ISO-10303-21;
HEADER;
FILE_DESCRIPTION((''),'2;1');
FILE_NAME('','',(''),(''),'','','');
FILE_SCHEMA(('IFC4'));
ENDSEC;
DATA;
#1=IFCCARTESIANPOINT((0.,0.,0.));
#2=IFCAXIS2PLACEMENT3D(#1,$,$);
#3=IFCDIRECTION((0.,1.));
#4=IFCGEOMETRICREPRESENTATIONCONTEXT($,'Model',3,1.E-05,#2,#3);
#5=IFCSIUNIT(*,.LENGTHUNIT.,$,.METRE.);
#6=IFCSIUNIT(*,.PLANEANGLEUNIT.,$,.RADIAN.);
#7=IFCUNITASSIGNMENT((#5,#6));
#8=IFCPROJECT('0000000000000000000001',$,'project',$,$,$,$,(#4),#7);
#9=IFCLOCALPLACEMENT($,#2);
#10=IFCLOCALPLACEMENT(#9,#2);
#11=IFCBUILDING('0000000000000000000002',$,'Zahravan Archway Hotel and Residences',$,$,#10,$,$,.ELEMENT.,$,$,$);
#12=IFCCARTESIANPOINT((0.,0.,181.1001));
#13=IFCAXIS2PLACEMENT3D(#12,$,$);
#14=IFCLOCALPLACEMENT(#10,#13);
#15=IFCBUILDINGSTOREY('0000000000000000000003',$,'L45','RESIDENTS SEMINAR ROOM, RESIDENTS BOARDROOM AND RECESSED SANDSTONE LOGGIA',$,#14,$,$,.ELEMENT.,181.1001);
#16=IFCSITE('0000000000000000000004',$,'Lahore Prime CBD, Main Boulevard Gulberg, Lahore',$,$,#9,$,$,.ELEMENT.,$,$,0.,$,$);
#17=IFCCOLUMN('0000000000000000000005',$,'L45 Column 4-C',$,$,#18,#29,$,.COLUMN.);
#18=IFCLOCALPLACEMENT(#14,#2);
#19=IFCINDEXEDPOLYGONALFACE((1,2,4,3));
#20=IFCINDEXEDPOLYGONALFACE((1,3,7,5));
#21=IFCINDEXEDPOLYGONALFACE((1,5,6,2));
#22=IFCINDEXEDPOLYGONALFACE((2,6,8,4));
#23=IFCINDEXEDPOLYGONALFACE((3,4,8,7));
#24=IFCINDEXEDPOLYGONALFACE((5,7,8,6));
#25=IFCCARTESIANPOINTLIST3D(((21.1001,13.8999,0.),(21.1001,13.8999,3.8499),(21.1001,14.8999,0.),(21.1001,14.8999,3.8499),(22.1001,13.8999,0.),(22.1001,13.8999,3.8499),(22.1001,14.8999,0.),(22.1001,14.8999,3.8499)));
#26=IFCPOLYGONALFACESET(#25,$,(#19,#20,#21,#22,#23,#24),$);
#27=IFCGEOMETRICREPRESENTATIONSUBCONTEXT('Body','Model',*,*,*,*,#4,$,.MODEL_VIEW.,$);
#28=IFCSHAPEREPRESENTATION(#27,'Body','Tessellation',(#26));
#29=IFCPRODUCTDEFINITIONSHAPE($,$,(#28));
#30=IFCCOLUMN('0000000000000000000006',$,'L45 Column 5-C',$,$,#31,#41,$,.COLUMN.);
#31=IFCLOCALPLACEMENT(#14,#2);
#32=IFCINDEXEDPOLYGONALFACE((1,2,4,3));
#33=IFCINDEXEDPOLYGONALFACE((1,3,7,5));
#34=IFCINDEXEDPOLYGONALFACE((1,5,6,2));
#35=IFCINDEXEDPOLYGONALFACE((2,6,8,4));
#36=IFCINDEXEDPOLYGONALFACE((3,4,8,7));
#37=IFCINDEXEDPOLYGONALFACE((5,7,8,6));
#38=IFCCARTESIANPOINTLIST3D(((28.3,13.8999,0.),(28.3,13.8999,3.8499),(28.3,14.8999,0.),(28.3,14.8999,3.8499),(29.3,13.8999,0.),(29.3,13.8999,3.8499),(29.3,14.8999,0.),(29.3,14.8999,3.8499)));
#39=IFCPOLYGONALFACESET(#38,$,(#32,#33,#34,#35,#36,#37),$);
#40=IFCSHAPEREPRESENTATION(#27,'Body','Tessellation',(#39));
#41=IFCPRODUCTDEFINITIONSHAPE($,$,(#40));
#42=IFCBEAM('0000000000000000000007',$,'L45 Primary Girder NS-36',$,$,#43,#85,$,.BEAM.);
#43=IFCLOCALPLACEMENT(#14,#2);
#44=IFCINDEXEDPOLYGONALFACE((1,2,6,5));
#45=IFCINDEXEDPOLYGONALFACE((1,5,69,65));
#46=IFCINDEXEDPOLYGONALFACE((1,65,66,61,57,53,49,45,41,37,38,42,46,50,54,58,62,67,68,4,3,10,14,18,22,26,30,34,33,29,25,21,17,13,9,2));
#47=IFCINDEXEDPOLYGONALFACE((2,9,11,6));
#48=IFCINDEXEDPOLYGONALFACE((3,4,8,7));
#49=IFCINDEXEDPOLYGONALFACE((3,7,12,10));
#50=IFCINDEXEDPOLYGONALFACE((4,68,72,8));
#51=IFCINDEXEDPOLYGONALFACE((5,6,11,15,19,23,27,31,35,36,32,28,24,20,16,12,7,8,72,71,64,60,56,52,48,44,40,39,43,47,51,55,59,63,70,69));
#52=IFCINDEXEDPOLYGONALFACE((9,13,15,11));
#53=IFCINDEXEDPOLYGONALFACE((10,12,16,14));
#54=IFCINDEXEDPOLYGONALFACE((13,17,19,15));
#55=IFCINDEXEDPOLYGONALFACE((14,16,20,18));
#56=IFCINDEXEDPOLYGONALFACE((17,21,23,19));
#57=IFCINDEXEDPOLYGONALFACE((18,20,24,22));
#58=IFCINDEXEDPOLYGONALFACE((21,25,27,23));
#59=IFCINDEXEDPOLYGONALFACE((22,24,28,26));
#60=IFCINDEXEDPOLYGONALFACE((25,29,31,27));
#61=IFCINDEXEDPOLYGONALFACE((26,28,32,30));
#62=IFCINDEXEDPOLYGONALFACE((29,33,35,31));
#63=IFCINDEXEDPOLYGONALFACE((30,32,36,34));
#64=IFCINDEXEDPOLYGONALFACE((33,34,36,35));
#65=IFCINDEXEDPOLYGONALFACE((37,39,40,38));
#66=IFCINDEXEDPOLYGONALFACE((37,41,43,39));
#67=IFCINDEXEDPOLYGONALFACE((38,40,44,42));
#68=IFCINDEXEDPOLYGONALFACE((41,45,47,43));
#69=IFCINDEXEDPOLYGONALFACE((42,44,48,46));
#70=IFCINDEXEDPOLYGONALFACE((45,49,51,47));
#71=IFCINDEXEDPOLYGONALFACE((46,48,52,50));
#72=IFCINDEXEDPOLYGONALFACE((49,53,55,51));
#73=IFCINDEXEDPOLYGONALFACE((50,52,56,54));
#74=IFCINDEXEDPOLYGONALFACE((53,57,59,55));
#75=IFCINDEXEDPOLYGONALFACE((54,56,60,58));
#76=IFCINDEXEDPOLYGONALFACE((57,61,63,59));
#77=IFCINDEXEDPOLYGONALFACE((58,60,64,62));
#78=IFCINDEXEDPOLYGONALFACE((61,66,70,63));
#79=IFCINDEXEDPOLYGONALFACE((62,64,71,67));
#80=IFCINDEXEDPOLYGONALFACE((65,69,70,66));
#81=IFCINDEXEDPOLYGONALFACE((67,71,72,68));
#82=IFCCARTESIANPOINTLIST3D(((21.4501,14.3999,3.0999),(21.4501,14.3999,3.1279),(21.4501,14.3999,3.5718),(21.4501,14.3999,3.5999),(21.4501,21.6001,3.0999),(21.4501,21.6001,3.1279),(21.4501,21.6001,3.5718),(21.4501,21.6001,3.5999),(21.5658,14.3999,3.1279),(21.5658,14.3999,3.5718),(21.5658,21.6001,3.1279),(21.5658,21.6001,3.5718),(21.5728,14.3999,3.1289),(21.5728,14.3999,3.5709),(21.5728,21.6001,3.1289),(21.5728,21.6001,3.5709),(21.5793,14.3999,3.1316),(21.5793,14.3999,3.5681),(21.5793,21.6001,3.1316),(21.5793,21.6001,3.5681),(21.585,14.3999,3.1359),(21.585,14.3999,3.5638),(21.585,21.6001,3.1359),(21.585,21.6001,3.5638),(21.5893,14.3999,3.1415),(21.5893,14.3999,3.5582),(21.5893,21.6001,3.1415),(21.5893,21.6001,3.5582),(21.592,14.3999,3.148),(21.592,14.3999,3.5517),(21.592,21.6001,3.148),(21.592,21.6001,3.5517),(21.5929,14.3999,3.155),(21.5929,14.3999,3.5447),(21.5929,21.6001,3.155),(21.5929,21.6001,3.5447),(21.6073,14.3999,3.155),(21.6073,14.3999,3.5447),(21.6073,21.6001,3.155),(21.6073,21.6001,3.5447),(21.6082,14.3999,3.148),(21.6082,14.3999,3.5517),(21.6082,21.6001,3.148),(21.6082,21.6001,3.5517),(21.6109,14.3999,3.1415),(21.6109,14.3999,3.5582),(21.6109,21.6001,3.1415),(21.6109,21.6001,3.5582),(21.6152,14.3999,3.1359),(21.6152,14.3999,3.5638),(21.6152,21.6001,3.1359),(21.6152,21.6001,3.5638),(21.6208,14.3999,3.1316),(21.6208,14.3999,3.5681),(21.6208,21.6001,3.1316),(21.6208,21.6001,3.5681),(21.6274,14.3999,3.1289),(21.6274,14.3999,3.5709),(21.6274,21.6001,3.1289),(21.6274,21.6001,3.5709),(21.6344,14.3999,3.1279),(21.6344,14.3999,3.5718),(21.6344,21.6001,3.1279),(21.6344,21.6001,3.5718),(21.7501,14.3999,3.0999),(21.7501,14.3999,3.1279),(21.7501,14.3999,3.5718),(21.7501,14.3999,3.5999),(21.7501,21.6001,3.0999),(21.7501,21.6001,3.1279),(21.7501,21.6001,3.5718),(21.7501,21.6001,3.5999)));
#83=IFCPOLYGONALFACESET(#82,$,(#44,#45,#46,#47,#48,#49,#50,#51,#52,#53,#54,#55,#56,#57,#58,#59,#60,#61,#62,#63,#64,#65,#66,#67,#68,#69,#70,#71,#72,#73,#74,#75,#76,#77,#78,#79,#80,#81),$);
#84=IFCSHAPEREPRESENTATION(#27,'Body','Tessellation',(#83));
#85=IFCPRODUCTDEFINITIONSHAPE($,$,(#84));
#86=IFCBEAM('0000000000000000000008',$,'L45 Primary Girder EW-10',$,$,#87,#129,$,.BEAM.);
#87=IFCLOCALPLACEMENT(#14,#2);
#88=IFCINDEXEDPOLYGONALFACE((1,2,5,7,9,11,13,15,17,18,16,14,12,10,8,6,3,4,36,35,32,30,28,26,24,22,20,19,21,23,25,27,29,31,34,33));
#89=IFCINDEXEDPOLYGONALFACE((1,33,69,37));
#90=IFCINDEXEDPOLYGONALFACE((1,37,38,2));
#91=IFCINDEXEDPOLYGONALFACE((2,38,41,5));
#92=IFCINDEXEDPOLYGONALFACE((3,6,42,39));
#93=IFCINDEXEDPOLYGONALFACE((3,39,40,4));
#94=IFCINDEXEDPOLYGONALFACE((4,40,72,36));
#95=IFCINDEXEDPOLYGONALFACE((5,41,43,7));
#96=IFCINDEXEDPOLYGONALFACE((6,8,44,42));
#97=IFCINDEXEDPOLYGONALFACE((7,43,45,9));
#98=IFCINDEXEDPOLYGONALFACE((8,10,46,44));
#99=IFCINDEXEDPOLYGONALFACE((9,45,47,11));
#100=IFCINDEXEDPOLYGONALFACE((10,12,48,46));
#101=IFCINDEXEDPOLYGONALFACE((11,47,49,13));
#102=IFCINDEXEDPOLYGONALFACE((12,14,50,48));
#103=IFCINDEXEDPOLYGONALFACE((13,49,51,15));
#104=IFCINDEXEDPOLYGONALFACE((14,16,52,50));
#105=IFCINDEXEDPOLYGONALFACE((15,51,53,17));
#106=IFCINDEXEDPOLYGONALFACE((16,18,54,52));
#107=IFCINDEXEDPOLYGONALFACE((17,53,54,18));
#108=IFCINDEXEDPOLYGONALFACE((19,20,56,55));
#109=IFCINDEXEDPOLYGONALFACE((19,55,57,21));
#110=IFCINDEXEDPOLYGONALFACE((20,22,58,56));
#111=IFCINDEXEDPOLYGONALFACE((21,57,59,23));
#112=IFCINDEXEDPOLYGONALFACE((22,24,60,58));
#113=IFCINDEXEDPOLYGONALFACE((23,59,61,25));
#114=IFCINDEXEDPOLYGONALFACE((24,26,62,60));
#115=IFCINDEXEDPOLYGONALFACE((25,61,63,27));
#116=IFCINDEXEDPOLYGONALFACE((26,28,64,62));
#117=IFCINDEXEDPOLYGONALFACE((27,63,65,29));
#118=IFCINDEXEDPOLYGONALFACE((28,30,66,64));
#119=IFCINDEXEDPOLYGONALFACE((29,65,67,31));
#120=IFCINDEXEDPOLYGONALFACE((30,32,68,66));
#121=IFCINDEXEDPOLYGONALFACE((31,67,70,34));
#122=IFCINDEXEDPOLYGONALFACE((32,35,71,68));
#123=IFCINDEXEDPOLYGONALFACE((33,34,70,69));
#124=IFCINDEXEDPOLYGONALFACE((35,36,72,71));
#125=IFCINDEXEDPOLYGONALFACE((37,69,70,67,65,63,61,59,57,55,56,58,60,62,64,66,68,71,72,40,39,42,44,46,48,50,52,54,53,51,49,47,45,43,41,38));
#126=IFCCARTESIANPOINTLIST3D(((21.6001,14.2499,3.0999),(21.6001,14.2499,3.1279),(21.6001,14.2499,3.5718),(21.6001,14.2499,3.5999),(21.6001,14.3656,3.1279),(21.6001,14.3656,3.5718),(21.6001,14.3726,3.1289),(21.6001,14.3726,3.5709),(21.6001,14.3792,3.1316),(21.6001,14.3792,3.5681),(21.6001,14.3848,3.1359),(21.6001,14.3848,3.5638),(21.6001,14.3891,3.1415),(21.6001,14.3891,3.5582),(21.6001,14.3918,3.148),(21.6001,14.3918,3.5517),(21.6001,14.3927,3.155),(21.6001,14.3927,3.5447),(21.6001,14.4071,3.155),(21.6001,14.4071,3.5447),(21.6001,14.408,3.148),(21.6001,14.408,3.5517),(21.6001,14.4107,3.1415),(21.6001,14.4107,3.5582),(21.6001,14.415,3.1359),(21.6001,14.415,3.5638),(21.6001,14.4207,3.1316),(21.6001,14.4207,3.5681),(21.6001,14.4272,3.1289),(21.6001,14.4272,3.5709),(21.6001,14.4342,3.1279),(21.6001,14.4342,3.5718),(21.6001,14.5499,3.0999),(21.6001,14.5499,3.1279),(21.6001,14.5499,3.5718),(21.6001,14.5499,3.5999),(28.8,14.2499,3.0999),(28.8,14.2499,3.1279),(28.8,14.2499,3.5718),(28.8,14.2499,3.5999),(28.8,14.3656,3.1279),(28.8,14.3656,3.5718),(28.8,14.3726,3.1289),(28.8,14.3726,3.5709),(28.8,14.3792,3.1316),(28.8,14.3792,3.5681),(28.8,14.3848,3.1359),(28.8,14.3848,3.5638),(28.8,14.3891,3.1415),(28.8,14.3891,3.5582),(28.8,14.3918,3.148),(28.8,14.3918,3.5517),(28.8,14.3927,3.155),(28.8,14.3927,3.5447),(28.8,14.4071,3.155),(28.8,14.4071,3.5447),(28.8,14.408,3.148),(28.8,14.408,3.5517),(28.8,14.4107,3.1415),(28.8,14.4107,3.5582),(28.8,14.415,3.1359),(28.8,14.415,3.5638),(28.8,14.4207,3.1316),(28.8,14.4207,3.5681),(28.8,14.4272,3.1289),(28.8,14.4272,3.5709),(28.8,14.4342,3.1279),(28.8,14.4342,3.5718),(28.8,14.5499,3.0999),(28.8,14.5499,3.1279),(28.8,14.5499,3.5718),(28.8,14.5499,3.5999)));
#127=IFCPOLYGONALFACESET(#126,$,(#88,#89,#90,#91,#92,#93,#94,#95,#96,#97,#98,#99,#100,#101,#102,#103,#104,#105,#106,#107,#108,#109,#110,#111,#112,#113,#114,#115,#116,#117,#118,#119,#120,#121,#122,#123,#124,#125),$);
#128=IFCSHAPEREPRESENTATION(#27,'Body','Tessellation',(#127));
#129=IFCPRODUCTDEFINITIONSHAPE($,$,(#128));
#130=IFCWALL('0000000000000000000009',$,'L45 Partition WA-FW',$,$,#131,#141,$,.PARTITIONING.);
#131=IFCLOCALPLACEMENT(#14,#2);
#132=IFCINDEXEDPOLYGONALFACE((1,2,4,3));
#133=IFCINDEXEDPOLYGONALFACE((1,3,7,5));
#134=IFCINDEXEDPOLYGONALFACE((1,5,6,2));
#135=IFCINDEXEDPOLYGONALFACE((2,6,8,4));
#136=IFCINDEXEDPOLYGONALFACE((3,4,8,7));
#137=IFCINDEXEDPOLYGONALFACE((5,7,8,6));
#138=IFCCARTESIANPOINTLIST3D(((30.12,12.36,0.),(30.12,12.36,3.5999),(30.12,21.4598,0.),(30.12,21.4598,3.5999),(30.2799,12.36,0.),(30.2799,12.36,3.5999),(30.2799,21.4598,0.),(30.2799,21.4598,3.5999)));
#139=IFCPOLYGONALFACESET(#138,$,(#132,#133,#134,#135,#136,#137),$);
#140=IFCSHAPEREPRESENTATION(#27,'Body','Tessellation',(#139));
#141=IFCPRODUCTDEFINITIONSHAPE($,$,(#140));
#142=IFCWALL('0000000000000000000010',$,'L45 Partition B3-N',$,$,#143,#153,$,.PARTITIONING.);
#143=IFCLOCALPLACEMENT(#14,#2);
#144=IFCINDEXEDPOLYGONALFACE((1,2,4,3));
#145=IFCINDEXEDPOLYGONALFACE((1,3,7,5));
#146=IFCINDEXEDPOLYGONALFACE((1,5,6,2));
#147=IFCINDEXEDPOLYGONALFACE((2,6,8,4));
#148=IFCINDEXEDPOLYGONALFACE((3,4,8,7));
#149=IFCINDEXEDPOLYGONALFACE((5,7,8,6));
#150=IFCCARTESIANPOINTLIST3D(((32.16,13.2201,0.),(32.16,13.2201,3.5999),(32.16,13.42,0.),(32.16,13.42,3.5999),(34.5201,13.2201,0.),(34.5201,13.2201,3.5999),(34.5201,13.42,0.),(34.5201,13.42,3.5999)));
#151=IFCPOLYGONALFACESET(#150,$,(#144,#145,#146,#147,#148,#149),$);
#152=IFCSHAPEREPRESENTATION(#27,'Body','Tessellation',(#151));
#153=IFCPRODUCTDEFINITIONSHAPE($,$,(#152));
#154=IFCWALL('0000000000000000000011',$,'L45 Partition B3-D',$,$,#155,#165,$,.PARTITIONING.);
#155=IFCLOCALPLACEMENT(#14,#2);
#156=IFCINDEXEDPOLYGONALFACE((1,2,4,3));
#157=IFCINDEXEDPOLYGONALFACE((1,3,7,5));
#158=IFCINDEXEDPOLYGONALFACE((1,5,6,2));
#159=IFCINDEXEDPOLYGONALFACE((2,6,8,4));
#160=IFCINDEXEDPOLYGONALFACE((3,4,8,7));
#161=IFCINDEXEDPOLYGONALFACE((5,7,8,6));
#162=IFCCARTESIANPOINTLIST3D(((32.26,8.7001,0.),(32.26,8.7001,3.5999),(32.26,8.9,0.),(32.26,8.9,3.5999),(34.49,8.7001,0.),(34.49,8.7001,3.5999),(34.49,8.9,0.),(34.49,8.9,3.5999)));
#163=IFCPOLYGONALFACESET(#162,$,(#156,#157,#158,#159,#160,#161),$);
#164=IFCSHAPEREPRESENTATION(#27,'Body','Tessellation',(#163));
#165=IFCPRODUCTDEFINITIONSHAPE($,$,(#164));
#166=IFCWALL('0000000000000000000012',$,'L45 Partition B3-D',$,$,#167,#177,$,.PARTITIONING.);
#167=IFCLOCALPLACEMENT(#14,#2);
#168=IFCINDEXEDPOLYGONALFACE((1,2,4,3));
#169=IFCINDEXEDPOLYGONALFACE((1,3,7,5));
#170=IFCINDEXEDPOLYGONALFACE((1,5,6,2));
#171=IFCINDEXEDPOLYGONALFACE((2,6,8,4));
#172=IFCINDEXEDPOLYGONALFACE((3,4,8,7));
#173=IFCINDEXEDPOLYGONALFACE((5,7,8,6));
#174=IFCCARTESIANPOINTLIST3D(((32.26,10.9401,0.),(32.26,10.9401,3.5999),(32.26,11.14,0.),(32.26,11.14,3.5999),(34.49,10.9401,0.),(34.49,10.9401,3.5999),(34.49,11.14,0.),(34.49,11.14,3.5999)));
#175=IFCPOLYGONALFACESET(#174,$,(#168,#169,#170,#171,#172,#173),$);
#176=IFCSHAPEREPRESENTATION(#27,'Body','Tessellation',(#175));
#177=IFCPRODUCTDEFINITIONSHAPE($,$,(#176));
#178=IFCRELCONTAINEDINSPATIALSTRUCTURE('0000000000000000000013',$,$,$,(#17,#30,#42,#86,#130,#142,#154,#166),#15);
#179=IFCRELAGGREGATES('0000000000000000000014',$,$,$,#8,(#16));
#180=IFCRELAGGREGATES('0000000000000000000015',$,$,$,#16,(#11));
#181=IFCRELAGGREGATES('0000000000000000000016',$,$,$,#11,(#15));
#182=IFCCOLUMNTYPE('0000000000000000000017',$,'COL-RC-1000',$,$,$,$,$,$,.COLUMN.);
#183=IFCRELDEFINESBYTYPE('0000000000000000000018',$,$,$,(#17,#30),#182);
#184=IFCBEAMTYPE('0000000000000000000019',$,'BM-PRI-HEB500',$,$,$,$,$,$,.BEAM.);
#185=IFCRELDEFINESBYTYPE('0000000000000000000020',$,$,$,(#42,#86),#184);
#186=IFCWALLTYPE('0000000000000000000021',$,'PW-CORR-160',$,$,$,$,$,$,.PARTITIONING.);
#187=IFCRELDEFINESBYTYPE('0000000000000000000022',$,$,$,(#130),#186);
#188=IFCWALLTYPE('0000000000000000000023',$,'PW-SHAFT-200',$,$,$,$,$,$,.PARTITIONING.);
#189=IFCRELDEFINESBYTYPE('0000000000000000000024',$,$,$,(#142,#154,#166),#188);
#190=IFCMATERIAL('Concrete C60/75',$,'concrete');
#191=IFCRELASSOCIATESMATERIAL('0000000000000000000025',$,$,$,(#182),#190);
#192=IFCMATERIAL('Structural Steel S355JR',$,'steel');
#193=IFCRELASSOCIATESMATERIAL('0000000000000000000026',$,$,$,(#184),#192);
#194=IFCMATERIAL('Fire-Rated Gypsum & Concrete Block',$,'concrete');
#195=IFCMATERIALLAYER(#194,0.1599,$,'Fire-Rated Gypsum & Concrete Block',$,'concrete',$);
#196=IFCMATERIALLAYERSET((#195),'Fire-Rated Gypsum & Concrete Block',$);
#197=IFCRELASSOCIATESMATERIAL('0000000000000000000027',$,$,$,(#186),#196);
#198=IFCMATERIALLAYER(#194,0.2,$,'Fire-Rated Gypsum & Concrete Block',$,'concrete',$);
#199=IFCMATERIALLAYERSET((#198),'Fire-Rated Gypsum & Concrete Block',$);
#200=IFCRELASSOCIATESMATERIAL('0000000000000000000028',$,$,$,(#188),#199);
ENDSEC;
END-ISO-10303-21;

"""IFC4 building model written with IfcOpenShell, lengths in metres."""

from ifc_helpers import new_model, si_unit, direction, frame, frame_2d, origin, origin_2d, place, context, subcontext, project, spatial, rectangle, i_section, extrude, source, transform, mapped, material, layer, layer_set, material_profile, profile_set, type_object, type_shapes, element, save


model = new_model("IFC4")

# Units and contexts
model_context = context("Model", 3, precision=1e-05, world=origin(), true_north=direction((0.0, 1.0)))
body_context = subcontext(model_context, "Body", "Model", "MODEL_VIEW")
ifc_project = project(units=[si_unit("LENGTHUNIT", "METRE"), si_unit("PLANEANGLEUNIT", "RADIAN")], contexts=[model_context])

# Site, building, storey
site_placement = place(None, origin())
site = spatial("IfcSite", under=ifc_project, at=site_placement, Name="Lahore Prime CBD, Main Boulevard Gulberg, Lahore", CompositionType="ELEMENT", RefElevation=0.0)
building_placement = place(site_placement, origin())
building = spatial("IfcBuilding", under=site, at=building_placement, Name="Zahravan Archway Hotel and Residences", CompositionType="ELEMENT")
storey_placement = place(building_placement, frame((0.0, 0.0, 181.1001)))
storey = spatial("IfcBuildingStorey", under=building, at=storey_placement, Name="L45", Description="RESIDENTS SEMINAR ROOM, RESIDENTS BOARDROOM AND RECESSED SANDSTONE LOGGIA", CompositionType="ELEMENT", Elevation=181.1001)

# Columns
ifc_material_1 = material(Name="Concrete C60/75", Category="concrete")
ifc_material_profile_1 = material_profile(ifc_material_1, rectangle(XDim=1.0, YDim=1.0, at=origin_2d()), Name="RC-COL-1000x1000", Category="concrete")
ifc_profile_set_1 = profile_set([ifc_material_profile_1], Name="Concrete C60/75")
column_type = type_object("IfcColumnType", Name="COL-RC-1000", PredefinedType="COLUMN", material=ifc_profile_set_1)
shared_shape_1 = source(origin(), body_context, "Body", "SweptSolid", [
    extrude(rectangle(XDim=1.0, YDim=1.0, at=origin_2d()), origin(), (0.0, 0.0, 1.0), 3.8499),
])
for number, where, z_axis, x_axis, name in (
    (1, (21.6001, 14.3999, 0.0), (0.0, 0.0, 1.0), (1.0, 0.0, 0.0), "L45 Column 4-C"),
    (2, (28.8, 14.3999, 0.0), (0.0, 0.0, 1.0), (1.0, 0.0, 0.0), "L45 Column 5-C"),
):
    element("IfcColumn", number, at=place(storey_placement, frame(where, z_axis=z_axis, x_axis=x_axis)), inside=storey, type_object=column_type, Name=name, PredefinedType="COLUMN", context=body_context, shape_type="MappedRepresentation", body=[
        mapped(shared_shape_1, transform((0.0, 0.0, 0.0), scale=1.0)),
    ])

# Beams
ifc_material_2 = material(Name="Structural Steel S355JR", Category="steel")
ifc_material_profile_2 = material_profile(ifc_material_2, i_section(OverallWidth=0.3, OverallDepth=0.5, WebThickness=0.0144, FlangeThickness=0.0281, FilletRadius=0.0271, at=origin_2d()), Name="HEB 500", Category="steel")
ifc_profile_set_2 = profile_set([ifc_material_profile_2], Name="Structural Steel S355JR")
beam_type = type_object("IfcBeamType", Name="BM-PRI-HEB500", PredefinedType="BEAM", material=ifc_profile_set_2)
shared_shape_2 = source(origin(), body_context, "Body", "SweptSolid", [
    extrude(i_section(OverallWidth=0.3, OverallDepth=0.5, WebThickness=0.0144, FlangeThickness=0.0281, FilletRadius=0.0271, at=origin_2d()), origin(), (0.0, 0.0, 1.0), 7.2002),
])
type_shapes(beam_type, [shared_shape_2])
beam_1_placement = place(storey_placement, frame((21.6001, 14.3999, 3.3499), z_axis=(0.0, 1.0, 0.0), x_axis=(-1.0, 0.0, 0.0)))
element("IfcBeam", 3, at=beam_1_placement, inside=storey, type_object=beam_type, Name="L45 Primary Girder NS-36", PredefinedType="BEAM", context=body_context, shape_type="MappedRepresentation", body=[
    mapped(shared_shape_2, transform((0.0, 0.0, 0.0), scale=1.0)),
])
shared_shape_3 = source(origin(), body_context, "Body", "SweptSolid", [
    extrude(i_section(OverallWidth=0.3, OverallDepth=0.5, WebThickness=0.0144, FlangeThickness=0.0281, FilletRadius=0.0271, at=origin_2d()), origin(), (0.0, 0.0, 1.0), 7.2),
])
beam_2_placement = place(storey_placement, frame((21.6001, 14.3999, 3.3499), z_axis=(1.0, 0.0, 0.0), x_axis=(0.0, 1.0, 0.0)))
element("IfcBeam", 4, at=beam_2_placement, inside=storey, type_object=beam_type, Name="L45 Primary Girder EW-10", PredefinedType="BEAM", context=body_context, shape_type="MappedRepresentation", body=[
    mapped(shared_shape_3, transform((0.0, 0.0, 0.0), scale=1.0)),
])

# Walls
ifc_material_3 = material(Name="Fire-Rated Gypsum & Concrete Block", Category="concrete")
ifc_layer_1 = layer(ifc_material_3, 0.1599, Name="Fire-Rated Gypsum & Concrete Block", Category="concrete")
ifc_layer_set_1 = layer_set([ifc_layer_1], Name="Fire-Rated Gypsum & Concrete Block")
wall_type_1 = type_object("IfcWallType", Name="PW-CORR-160", PredefinedType="PARTITIONING", material=ifc_layer_set_1)
wall_1_placement = place(storey_placement, frame((30.2, 12.3601, 0.0), z_axis=(0.0, 0.0, 1.0), x_axis=(0.0, 1.0, 0.0)))
element("IfcWall", 5, at=wall_1_placement, inside=storey, type_object=wall_type_1, Name="L45 Partition WA-FW", PredefinedType="PARTITIONING", context=body_context, shape_type="SweptSolid", body=[
    extrude(rectangle(XDim=9.0999, YDim=0.1599, at=frame_2d((4.5498, 0.0))), origin(), (0.0, 0.0, 1.0), 3.5999),
])
ifc_layer_2 = layer(ifc_material_3, 0.2, Name="Fire-Rated Gypsum & Concrete Block", Category="concrete")
ifc_layer_set_2 = layer_set([ifc_layer_2], Name="Fire-Rated Gypsum & Concrete Block")
wall_type_2 = type_object("IfcWallType", Name="PW-SHAFT-200", PredefinedType="PARTITIONING", material=ifc_layer_set_2)
wall_2_placement = place(storey_placement, frame((32.1599, 13.3201, 0.0), z_axis=(0.0, 0.0, 1.0), x_axis=(1.0, 0.0, 0.0)))
element("IfcWall", 6, at=wall_2_placement, inside=storey, type_object=wall_type_2, Name="L45 Partition B3-N", PredefinedType="PARTITIONING", context=body_context, shape_type="SweptSolid", body=[
    extrude(rectangle(XDim=2.3601, YDim=0.2, at=frame_2d((1.1802, 0.0))), origin(), (0.0, 0.0, 1.0), 3.5999),
])
for number, where, z_axis, x_axis, name in (
    (7, (32.26, 8.8, 0.0), (0.0, 0.0, 1.0), (1.0, 0.0, 0.0), "L45 Partition B3-D"),
    (8, (32.26, 11.04, 0.0), (0.0, 0.0, 1.0), (1.0, 0.0, 0.0), "L45 Partition B3-D"),
):
    element("IfcWall", number, at=place(storey_placement, frame(where, z_axis=z_axis, x_axis=x_axis)), inside=storey, type_object=wall_type_2, Name=name, PredefinedType="PARTITIONING", context=body_context, shape_type="SweptSolid", body=[
        extrude(rectangle(XDim=2.23, YDim=0.2, at=frame_2d((1.115, 0.0))), origin(), (0.0, 0.0, 1.0), 3.5999),
    ])

save(model, "model.ifc")
